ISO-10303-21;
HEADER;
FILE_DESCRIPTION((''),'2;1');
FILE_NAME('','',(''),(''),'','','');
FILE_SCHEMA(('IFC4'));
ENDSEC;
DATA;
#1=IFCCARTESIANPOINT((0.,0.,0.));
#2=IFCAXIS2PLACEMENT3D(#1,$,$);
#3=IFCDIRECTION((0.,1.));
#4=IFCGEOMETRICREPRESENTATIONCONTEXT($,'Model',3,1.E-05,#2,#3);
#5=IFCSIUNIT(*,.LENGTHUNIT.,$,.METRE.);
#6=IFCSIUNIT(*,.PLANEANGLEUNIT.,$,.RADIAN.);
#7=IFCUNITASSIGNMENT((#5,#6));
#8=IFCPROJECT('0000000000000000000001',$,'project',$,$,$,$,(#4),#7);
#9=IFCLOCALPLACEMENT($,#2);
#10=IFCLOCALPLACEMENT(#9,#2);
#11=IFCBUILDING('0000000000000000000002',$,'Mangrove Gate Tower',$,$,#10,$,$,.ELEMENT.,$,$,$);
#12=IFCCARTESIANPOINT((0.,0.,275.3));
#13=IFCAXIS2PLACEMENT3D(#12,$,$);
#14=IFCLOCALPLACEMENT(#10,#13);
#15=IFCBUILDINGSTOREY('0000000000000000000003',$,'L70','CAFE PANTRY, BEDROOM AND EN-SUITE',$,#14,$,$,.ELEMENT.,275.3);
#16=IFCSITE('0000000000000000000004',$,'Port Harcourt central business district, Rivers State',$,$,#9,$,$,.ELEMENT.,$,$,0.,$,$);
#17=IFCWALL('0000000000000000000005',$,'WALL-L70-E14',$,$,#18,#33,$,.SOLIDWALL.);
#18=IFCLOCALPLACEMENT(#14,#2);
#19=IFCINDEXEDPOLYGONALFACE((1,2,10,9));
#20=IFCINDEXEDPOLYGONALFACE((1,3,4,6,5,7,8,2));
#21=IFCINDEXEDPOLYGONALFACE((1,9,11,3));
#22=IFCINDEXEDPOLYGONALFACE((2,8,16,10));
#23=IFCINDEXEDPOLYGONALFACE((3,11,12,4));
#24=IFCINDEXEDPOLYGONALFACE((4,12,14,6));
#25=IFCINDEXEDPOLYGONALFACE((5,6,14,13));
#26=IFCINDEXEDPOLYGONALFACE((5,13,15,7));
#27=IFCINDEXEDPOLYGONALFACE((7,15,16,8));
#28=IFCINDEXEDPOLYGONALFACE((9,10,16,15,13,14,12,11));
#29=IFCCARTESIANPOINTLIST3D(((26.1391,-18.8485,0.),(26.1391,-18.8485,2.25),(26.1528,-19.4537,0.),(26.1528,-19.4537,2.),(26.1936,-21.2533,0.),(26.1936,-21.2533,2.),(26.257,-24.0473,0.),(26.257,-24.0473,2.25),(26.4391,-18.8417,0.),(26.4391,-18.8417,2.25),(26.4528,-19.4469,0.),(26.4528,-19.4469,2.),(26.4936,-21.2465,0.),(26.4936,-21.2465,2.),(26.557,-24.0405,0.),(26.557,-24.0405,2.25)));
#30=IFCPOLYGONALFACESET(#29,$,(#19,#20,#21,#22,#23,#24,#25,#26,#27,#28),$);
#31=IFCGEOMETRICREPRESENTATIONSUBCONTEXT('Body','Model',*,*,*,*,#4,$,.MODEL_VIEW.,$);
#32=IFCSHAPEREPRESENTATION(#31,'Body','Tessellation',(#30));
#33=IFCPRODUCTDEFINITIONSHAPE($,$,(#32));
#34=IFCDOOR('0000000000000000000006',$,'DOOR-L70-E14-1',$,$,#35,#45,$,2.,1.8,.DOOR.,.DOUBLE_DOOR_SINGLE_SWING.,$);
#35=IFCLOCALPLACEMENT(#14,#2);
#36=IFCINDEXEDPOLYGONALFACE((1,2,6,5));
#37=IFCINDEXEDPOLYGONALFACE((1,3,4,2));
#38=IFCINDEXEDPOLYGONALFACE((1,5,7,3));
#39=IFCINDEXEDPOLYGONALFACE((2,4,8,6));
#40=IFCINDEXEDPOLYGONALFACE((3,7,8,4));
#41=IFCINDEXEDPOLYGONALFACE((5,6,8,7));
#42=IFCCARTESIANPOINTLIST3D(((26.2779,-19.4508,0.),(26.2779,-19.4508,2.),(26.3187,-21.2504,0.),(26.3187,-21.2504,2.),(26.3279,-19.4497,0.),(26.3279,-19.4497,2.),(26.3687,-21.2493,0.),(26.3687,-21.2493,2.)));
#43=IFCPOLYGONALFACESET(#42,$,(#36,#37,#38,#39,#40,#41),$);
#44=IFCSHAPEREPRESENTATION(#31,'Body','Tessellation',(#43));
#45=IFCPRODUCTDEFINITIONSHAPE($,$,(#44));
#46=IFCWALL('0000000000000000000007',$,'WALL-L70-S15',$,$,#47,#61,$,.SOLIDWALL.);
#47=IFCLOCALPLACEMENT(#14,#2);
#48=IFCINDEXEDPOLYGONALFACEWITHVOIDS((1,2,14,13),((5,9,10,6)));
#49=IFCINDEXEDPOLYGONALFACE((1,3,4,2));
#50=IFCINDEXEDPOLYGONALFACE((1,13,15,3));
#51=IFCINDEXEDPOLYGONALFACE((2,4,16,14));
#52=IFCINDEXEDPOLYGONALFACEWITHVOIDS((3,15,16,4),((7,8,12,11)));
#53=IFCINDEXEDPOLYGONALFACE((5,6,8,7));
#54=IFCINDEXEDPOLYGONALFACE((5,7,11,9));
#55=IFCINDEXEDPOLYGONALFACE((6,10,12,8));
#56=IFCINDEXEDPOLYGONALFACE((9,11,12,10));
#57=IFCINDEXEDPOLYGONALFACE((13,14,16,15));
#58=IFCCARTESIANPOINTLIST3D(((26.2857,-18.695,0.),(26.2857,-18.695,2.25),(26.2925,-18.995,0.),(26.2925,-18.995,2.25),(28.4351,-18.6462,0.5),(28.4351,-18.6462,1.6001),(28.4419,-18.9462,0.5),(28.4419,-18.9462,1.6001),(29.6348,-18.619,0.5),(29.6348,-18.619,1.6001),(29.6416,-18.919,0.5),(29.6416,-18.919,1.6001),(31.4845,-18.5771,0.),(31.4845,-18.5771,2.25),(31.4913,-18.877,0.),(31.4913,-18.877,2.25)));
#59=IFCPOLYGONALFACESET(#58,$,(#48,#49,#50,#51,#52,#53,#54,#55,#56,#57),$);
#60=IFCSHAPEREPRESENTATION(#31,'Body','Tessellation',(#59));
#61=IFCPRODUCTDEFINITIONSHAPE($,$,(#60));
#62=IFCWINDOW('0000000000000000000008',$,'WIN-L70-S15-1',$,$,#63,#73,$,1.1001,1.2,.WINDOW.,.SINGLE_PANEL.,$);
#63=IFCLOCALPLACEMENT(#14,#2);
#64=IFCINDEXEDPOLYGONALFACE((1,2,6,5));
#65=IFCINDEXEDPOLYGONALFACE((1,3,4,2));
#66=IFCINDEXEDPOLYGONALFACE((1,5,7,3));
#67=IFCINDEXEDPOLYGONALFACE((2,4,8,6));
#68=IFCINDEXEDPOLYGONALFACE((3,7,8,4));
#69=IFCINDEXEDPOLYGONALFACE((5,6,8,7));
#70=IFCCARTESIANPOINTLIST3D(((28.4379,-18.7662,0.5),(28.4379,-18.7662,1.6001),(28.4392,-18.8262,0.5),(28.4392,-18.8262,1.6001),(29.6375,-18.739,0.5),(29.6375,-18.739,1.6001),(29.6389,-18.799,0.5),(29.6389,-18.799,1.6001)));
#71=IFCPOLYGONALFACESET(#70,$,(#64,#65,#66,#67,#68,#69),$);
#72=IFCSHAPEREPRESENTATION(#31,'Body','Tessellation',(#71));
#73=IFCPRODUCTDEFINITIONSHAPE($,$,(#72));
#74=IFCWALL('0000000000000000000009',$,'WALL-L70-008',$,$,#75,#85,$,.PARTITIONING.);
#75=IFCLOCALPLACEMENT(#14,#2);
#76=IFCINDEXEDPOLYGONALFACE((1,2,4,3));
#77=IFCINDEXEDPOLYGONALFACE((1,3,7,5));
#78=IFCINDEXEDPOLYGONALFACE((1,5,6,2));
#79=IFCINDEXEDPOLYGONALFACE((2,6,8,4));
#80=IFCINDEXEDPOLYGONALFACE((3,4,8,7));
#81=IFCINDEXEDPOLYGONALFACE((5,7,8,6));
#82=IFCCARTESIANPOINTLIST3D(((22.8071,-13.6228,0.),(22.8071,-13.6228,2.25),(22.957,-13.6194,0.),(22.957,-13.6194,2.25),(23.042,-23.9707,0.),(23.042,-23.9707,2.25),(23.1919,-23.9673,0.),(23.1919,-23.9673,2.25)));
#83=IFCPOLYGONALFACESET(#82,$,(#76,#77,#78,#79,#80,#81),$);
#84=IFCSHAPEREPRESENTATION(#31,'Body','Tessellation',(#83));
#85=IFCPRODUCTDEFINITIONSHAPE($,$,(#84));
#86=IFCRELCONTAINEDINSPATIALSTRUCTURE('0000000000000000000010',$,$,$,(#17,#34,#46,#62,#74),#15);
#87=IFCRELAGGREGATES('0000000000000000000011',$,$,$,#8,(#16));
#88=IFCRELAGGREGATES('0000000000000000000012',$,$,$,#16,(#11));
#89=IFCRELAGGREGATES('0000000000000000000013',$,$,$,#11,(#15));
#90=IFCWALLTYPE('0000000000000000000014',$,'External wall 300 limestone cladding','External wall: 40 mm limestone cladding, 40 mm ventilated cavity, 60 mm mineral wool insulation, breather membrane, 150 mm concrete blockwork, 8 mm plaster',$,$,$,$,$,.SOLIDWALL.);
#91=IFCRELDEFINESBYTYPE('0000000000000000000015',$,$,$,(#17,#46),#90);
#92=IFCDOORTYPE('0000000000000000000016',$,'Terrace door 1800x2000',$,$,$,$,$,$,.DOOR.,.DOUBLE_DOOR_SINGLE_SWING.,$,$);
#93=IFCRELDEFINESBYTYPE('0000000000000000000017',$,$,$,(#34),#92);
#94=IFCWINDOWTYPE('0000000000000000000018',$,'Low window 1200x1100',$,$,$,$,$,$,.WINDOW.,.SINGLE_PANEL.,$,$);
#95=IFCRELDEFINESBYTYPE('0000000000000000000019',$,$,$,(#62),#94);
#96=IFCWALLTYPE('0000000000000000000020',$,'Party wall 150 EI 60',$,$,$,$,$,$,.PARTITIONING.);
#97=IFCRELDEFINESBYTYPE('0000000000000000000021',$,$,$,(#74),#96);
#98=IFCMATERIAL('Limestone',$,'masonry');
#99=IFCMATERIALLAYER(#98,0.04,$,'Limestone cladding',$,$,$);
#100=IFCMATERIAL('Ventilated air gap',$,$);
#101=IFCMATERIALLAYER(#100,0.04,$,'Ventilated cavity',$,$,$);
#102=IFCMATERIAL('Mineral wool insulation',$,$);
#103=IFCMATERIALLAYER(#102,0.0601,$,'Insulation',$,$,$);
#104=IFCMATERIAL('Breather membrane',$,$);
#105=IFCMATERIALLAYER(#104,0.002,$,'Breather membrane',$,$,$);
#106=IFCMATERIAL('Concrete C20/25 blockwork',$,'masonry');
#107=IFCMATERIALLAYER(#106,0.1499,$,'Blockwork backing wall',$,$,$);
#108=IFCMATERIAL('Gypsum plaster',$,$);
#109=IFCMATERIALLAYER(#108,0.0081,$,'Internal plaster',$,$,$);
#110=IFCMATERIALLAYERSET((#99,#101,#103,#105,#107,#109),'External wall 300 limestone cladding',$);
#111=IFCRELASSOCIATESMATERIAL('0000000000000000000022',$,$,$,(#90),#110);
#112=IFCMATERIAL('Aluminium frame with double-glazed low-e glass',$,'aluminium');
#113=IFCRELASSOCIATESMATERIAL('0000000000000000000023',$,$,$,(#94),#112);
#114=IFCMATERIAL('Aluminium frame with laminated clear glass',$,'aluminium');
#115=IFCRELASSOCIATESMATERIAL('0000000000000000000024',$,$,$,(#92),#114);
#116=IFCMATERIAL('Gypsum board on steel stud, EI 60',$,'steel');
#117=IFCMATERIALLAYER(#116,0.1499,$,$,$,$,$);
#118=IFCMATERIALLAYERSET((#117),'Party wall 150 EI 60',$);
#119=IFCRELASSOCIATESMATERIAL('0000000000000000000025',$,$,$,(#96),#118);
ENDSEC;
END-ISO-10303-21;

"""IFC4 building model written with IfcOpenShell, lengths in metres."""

from ifc_helpers import new_model, si_unit, direction, frame, frame_2d, origin, place, context, subcontext, project, spatial, rectangle, extrude, material, layer, layer_set, type_object, element, fill, save


model = new_model("IFC4")

# Units and contexts
model_context = context("Model", 3, precision=1e-05, world=origin(), true_north=direction((0.0, 1.0)))
body_context = subcontext(model_context, "Body", "Model", "MODEL_VIEW")
ifc_project = project(units=[si_unit("LENGTHUNIT", "METRE"), si_unit("PLANEANGLEUNIT", "RADIAN")], contexts=[model_context])

# Site, building, storey
site_placement = place(None, origin())
site = spatial("IfcSite", under=ifc_project, at=site_placement, Name="Port Harcourt central business district, Rivers State", CompositionType="ELEMENT", RefElevation=0.0)
building_placement = place(site_placement, origin())
building = spatial("IfcBuilding", under=site, at=building_placement, Name="Mangrove Gate Tower", CompositionType="ELEMENT")
storey_placement = place(building_placement, frame((0.0, 0.0, 275.3)))
storey = spatial("IfcBuildingStorey", under=building, at=storey_placement, Name="L70", Description="CAFE PANTRY, BEDROOM AND EN-SUITE", CompositionType="ELEMENT", Elevation=275.3)

# Shared definitions
ifc_material_1 = material(Name="Limestone", Category="masonry")
ifc_layer_1 = layer(ifc_material_1, 0.04, Name="Limestone cladding")
ifc_material_2 = material(Name="Ventilated air gap")
ifc_layer_2 = layer(ifc_material_2, 0.04, Name="Ventilated cavity")
ifc_material_3 = material(Name="Mineral wool insulation")
ifc_layer_3 = layer(ifc_material_3, 0.0601, Name="Insulation")
ifc_material_4 = material(Name="Breather membrane")
ifc_layer_4 = layer(ifc_material_4, 0.002, Name="Breather membrane")
ifc_material_5 = material(Name="Concrete C20/25 blockwork", Category="masonry")
ifc_layer_5 = layer(ifc_material_5, 0.1499, Name="Blockwork backing wall")
ifc_material_6 = material(Name="Gypsum plaster")
ifc_layer_6 = layer(ifc_material_6, 0.0081, Name="Internal plaster")
ifc_layer_set_1 = layer_set([ifc_layer_1, ifc_layer_2, ifc_layer_3, ifc_layer_4, ifc_layer_5, ifc_layer_6], Name="External wall 300 limestone cladding")
wall_type_1 = type_object("IfcWallType", Name="External wall 300 limestone cladding", Description="External wall: 40 mm limestone cladding, 40 mm ventilated cavity, 60 mm mineral wool insulation, breather membrane, 150 mm concrete blockwork, 8 mm plaster", PredefinedType="SOLIDWALL", material=ifc_layer_set_1)
ifc_material_7 = material(Name="Aluminium frame with double-glazed low-e glass", Category="aluminium")
window_type = type_object("IfcWindowType", Name="Low window 1200x1100", PartitioningType="SINGLE_PANEL", PredefinedType="WINDOW", material=ifc_material_7)

# Wall, opening, door
wall_1_placement = place(storey_placement, frame((26.407, -24.0439, 0.0), z_axis=(0.0, 0.0, 1.0), x_axis=(-0.022676, 0.999743, 0.0)))
wall_1 = element("IfcWall", 1, at=wall_1_placement, inside=storey, type_object=wall_type_1, Name="WALL-L70-E14", PredefinedType="SOLIDWALL", context=body_context, shape_type="SweptSolid", body=[
    extrude(rectangle(XDim=5.2002, YDim=0.3, at=frame_2d((2.6001, 0.0))), origin(), (0.0, 0.0, 1.0), 2.25),
])
opening_1_placement = place(wall_1_placement, frame((2.7949, 0.0, 0.0)))
opening_1 = element("IfcOpeningElement", 2, at=opening_1_placement, cuts=wall_1, PredefinedType="OPENING", context=body_context, shape_type="SweptSolid", body=[
    extrude(rectangle(XDim=1.8, YDim=2.0, at=frame_2d((0.8999, 1.0))), frame((0.0, 0.1599, 0.0), z_axis=(0.0, -1.0, 0.0), x_axis=(1.0, 0.0, 0.0)), (0.0, 0.0, 1.0), 0.3201),
])
ifc_material_8 = material(Name="Aluminium frame with laminated clear glass", Category="aluminium")
door_type_1 = type_object("IfcDoorType", Name="Terrace door 1800x2000", OperationType="DOUBLE_DOOR_SINGLE_SWING", PredefinedType="DOOR", material=ifc_material_8)
door_1_placement = place(opening_1_placement, origin())
door_1 = element("IfcDoor", 3, at=door_1_placement, inside=storey, type_object=door_type_1, Name="DOOR-L70-E14-1", OperationType="DOUBLE_DOOR_SINGLE_SWING", OverallHeight=2.0, OverallWidth=1.8, PredefinedType="DOOR", context=body_context, shape_type="SweptSolid", body=[
    extrude(rectangle(XDim=1.8, YDim=2.0, at=frame_2d((0.8999, 1.0))), frame((0.0, 0.0249, 0.0), z_axis=(0.0, -1.0, 0.0), x_axis=(1.0, 0.0, 0.0)), (0.0, 0.0, 1.0), 0.05),
])
fill(opening_1, door_1)

# Wall, opening, window
wall_2_placement = place(storey_placement, frame((26.2891, -18.845, 0.0), z_axis=(0.0, 0.0, 1.0), x_axis=(0.999743, 0.022676, 0.0)))
wall_2 = element("IfcWall", 4, at=wall_2_placement, inside=storey, type_object=wall_type_1, Name="WALL-L70-S15", PredefinedType="SOLIDWALL", context=body_context, shape_type="SweptSolid", body=[
    extrude(rectangle(XDim=5.2002, YDim=0.3, at=frame_2d((2.6001, 0.0))), origin(), (0.0, 0.0, 1.0), 2.25),
])
opening_2_placement = place(wall_2_placement, frame((2.1499, 0.0, 0.5)))
opening_2 = element("IfcOpeningElement", 5, at=opening_2_placement, cuts=wall_2, PredefinedType="OPENING", context=body_context, shape_type="SweptSolid", body=[
    extrude(rectangle(XDim=1.2, YDim=1.1001, at=frame_2d((0.6001, 0.55))), frame((0.0, 0.1599, 0.0), z_axis=(0.0, -1.0, 0.0), x_axis=(1.0, 0.0, 0.0)), (0.0, 0.0, 1.0), 0.3201),
])
window_1_placement = place(opening_2_placement, origin())
window_1 = element("IfcWindow", 6, at=window_1_placement, inside=storey, type_object=window_type, Name="WIN-L70-S15-1", OverallHeight=1.1001, OverallWidth=1.2, PartitioningType="SINGLE_PANEL", PredefinedType="WINDOW", context=body_context, shape_type="SweptSolid", body=[
    extrude(rectangle(XDim=1.2, YDim=1.1001, at=frame_2d((0.6001, 0.55))), frame((0.0, 0.03, 0.0), z_axis=(0.0, -1.0, 0.0), x_axis=(1.0, 0.0, 0.0)), (0.0, 0.0, 1.0), 0.0601),
])
fill(opening_2, window_1)

# Wall
ifc_material_9 = material(Name="Gypsum board on steel stud, EI 60", Category="steel")
ifc_layer_7 = layer(ifc_material_9, 0.1499)
ifc_layer_set_2 = layer_set([ifc_layer_7], Name="Party wall 150 EI 60")
wall_type_2 = type_object("IfcWallType", Name="Party wall 150 EI 60", PredefinedType="PARTITIONING", material=ifc_layer_set_2)
wall_3_placement = place(storey_placement, frame((23.1169, -23.969, 0.0), z_axis=(0.0, 0.0, 1.0), x_axis=(-0.022691, 0.999743, 0.0)))
element("IfcWall", 7, at=wall_3_placement, inside=storey, type_object=wall_type_2, Name="WALL-L70-008", PredefinedType="PARTITIONING", context=body_context, shape_type="SweptSolid", body=[
    extrude(rectangle(XDim=10.3506, YDim=0.1499, at=frame_2d((5.1753, 0.0))), origin(), (0.0, 0.0, 1.0), 2.25),
])

save(model, "model.ifc")
